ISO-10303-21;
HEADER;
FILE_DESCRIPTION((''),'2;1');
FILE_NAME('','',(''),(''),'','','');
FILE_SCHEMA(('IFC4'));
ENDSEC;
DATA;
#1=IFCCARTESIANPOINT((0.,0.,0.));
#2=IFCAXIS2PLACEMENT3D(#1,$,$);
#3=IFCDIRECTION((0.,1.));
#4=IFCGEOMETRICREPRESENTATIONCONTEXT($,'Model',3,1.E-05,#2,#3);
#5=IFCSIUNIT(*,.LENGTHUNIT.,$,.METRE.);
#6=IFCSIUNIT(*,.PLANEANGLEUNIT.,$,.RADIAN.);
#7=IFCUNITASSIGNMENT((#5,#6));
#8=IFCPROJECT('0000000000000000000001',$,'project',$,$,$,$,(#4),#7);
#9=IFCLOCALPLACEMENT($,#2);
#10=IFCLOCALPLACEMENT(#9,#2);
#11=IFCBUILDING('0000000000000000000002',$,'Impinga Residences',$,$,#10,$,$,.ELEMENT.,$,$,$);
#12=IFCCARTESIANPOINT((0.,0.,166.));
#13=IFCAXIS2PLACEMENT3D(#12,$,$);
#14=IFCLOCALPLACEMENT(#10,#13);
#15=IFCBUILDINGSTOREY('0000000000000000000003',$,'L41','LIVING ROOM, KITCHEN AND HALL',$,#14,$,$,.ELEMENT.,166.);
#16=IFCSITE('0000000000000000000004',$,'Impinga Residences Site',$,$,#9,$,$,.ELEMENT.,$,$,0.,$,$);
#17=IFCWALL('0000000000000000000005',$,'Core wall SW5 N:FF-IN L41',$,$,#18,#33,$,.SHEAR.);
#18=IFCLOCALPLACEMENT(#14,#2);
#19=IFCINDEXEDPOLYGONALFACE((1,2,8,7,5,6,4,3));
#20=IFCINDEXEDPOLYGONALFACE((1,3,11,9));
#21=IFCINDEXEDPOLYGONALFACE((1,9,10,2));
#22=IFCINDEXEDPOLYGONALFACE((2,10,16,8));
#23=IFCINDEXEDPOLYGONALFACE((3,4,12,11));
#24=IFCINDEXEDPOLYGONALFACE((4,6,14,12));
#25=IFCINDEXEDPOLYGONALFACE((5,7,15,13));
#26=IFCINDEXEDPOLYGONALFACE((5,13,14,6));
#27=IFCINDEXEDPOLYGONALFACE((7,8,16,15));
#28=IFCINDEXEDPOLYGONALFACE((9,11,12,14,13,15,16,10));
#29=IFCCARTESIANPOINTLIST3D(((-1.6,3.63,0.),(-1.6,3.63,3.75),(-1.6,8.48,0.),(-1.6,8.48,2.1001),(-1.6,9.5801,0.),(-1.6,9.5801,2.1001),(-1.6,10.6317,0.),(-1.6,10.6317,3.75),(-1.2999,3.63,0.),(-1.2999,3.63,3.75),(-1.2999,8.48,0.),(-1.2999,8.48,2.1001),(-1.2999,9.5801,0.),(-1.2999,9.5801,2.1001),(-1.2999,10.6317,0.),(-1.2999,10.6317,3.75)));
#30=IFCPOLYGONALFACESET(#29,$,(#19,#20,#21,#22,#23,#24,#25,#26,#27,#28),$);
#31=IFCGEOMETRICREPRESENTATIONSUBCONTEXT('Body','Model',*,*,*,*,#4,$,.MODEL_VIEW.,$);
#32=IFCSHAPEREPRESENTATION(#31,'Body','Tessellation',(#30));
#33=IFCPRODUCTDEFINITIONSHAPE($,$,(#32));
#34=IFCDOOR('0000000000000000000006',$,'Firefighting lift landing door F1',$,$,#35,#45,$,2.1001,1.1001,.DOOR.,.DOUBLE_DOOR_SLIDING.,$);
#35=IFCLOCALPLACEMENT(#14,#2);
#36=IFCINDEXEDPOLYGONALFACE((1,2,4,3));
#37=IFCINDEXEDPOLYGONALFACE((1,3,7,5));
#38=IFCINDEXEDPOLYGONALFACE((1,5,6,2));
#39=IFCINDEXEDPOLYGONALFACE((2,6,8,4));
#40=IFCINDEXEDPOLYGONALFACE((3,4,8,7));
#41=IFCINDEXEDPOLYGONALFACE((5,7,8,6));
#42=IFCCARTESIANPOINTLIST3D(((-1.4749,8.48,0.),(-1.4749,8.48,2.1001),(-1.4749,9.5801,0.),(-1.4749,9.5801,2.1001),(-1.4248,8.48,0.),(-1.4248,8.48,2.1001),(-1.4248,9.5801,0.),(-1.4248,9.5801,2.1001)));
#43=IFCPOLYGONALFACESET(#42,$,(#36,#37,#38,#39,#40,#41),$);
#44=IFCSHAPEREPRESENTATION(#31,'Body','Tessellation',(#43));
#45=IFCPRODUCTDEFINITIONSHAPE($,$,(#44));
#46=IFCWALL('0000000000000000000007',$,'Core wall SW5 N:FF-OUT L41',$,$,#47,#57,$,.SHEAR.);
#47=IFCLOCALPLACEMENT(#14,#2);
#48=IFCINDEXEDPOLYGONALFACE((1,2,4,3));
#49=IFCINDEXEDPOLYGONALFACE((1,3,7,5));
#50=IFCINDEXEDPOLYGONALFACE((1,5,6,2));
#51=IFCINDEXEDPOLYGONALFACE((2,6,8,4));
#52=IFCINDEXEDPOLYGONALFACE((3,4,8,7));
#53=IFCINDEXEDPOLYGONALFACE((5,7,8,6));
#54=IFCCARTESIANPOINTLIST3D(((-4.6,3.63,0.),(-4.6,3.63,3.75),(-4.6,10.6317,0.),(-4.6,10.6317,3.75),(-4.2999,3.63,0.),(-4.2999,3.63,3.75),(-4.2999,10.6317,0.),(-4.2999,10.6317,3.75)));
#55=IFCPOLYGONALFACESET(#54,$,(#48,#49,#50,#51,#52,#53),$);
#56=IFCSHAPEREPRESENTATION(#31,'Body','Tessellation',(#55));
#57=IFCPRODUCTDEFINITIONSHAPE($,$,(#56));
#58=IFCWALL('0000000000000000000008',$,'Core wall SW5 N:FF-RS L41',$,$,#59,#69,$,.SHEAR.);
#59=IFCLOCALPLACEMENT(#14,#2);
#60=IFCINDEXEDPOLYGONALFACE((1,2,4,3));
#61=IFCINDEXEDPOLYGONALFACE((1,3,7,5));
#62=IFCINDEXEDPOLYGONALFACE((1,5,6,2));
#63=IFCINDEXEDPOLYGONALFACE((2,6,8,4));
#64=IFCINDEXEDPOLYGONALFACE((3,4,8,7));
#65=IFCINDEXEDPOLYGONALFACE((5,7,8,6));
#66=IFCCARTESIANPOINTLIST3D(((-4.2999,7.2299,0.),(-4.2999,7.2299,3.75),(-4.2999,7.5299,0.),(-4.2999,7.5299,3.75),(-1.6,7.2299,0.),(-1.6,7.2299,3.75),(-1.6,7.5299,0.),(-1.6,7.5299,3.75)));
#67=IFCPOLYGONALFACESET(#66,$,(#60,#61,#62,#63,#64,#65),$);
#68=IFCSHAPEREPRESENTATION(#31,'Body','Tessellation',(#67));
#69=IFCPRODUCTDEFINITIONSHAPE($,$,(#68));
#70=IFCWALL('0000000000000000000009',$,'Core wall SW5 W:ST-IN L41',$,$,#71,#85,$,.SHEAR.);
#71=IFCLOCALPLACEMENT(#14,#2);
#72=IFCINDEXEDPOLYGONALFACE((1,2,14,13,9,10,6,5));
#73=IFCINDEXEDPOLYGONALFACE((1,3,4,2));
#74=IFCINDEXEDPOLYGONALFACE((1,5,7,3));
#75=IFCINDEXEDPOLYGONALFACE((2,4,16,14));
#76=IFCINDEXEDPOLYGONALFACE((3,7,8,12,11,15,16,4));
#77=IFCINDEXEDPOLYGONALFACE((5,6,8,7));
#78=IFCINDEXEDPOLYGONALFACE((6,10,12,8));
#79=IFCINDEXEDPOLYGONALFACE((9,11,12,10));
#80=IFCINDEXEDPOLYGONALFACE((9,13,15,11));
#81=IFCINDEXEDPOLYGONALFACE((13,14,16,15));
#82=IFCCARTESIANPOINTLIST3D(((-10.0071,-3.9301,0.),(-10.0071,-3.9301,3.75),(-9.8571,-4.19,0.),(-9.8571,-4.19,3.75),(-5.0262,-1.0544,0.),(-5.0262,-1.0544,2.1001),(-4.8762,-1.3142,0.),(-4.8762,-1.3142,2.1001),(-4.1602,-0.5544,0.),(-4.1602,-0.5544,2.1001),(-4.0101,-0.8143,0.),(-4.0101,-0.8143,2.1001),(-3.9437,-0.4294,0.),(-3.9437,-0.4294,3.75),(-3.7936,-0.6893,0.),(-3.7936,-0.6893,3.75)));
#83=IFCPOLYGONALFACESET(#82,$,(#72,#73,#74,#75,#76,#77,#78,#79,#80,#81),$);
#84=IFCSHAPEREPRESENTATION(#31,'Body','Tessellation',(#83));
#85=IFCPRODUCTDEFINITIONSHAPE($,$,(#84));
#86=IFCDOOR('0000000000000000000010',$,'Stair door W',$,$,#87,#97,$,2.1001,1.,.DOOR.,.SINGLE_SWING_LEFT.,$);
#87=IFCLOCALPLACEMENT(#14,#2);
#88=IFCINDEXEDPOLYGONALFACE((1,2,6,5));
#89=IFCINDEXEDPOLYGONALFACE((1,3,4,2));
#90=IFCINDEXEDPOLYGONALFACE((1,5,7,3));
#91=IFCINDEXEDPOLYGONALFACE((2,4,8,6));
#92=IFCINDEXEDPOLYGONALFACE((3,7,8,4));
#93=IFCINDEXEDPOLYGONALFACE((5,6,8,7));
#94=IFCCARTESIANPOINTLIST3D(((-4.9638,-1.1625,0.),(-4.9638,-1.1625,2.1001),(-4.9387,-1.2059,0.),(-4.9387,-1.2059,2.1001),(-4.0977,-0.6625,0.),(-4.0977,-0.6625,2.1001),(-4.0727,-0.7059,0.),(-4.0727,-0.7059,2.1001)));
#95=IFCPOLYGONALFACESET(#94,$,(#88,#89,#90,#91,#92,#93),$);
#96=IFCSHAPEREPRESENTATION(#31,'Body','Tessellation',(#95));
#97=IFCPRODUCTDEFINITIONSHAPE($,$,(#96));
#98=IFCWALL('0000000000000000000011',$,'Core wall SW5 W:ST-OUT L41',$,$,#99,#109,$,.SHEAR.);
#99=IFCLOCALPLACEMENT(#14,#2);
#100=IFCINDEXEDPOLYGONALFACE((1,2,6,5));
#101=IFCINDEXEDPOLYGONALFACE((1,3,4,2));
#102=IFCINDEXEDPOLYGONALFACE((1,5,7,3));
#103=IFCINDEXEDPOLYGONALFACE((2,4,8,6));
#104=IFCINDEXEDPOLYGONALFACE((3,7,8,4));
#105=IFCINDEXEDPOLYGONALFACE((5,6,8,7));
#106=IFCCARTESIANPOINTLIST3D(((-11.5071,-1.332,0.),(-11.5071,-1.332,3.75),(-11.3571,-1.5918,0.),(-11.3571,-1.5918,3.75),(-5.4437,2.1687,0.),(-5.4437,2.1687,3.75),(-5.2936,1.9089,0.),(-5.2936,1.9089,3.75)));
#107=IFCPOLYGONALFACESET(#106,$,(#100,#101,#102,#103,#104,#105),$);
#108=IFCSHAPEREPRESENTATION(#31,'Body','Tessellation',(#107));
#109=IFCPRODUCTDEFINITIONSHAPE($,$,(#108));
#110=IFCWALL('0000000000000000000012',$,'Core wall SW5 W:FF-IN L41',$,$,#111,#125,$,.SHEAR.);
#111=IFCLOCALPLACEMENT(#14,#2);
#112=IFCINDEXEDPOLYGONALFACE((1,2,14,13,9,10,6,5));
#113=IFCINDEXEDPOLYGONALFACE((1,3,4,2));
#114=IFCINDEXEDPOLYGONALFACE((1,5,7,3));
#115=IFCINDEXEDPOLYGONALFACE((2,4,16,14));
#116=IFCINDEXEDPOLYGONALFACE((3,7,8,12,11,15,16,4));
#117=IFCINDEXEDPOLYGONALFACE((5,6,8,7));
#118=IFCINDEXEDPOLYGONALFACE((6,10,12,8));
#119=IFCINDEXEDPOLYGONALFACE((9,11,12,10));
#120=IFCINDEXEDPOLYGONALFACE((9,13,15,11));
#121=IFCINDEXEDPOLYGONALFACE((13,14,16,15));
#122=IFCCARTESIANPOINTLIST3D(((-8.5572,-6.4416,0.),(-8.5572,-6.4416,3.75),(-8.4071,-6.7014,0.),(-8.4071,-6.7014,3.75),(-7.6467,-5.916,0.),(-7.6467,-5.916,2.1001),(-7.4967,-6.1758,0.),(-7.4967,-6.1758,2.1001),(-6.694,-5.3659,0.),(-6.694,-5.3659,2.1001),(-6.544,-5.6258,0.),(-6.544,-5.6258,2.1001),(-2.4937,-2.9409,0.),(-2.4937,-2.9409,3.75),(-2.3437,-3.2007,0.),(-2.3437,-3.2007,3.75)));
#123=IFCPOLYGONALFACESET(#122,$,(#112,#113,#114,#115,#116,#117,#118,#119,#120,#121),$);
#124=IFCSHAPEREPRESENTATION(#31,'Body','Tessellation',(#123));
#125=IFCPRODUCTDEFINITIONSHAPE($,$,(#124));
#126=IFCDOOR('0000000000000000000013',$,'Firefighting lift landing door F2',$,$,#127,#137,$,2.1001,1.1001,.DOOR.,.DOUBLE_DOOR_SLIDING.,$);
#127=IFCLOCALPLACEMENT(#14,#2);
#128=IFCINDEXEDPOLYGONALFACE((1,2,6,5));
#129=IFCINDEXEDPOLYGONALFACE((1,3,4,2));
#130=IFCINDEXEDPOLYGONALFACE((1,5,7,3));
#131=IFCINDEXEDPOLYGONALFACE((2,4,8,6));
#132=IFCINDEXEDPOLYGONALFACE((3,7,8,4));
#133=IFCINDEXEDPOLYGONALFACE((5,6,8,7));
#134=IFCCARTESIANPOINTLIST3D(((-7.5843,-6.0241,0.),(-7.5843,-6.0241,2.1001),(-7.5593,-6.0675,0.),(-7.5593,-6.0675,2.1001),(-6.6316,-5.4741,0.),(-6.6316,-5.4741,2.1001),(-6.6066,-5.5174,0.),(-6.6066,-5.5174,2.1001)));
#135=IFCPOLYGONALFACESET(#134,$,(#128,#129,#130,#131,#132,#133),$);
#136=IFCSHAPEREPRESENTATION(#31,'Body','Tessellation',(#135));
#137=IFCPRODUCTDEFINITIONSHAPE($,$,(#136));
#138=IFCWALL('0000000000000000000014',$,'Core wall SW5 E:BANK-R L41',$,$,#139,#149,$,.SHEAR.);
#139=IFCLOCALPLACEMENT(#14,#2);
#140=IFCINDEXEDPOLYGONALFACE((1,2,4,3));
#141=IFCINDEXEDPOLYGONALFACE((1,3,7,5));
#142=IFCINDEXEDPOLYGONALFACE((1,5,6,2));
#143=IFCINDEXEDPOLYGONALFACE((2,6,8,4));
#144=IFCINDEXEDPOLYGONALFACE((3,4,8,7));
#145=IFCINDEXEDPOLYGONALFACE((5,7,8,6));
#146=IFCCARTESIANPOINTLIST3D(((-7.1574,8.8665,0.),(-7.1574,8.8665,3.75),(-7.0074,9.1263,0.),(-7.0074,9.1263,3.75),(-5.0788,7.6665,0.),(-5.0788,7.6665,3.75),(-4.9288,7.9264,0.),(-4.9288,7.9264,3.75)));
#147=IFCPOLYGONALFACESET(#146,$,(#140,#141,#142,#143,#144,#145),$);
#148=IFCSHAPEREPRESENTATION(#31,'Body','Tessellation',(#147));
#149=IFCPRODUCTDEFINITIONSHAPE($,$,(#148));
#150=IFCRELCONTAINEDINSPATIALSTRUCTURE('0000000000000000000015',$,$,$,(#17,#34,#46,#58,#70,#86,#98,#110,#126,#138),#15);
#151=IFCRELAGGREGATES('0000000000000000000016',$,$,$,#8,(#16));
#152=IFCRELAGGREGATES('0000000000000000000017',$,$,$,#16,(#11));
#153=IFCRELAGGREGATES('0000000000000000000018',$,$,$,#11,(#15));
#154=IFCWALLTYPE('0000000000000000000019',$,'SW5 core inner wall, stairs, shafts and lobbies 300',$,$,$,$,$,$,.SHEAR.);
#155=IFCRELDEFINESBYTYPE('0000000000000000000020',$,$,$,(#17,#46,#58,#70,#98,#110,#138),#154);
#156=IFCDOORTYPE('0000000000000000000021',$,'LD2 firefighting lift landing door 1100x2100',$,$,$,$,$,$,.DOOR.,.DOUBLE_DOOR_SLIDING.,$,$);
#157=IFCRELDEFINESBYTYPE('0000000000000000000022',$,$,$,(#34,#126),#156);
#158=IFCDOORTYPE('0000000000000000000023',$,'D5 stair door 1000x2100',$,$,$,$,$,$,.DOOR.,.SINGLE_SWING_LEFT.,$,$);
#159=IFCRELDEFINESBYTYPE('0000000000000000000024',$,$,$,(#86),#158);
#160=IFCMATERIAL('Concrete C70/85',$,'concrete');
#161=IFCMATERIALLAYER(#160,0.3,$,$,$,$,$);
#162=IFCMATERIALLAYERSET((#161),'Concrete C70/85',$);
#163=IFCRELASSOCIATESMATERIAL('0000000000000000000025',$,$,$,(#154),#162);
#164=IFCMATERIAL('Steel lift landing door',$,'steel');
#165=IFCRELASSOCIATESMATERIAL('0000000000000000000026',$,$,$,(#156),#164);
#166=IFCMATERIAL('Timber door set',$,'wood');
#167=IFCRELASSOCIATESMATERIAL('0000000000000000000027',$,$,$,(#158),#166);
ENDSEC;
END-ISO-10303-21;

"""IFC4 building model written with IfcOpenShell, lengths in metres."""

from ifc_helpers import new_model, si_unit, direction, frame, frame_2d, origin, place, context, subcontext, project, spatial, rectangle, extrude, material, layer, layer_set, type_object, element, fill, save


model = new_model("IFC4")

# Units and contexts
model_context = context("Model", 3, precision=1e-05, world=origin(), true_north=direction((0.0, 1.0)))
body_context = subcontext(model_context, "Body", "Model", "MODEL_VIEW")
ifc_project = project(units=[si_unit("LENGTHUNIT", "METRE"), si_unit("PLANEANGLEUNIT", "RADIAN")], contexts=[model_context])

# Site, building, storey
site_placement = place(None, origin())
site = spatial("IfcSite", under=ifc_project, at=site_placement, Name="Impinga Residences Site", CompositionType="ELEMENT", RefElevation=0.0)
building_placement = place(site_placement, origin())
building = spatial("IfcBuilding", under=site, at=building_placement, Name="Impinga Residences", CompositionType="ELEMENT")
storey_placement = place(building_placement, frame((0.0, 0.0, 166.0)))
storey = spatial("IfcBuildingStorey", under=building, at=storey_placement, Name="L41", Description="LIVING ROOM, KITCHEN AND HALL", CompositionType="ELEMENT", Elevation=166.0)

# Shared definitions
ifc_material_1 = material(Name="Concrete C70/85", Category="concrete")
ifc_layer_1 = layer(ifc_material_1, 0.3)
ifc_layer_set_1 = layer_set([ifc_layer_1], Name="Concrete C70/85")
wall_type_1 = type_object("IfcWallType", Name="SW5 core inner wall, stairs, shafts and lobbies 300", PredefinedType="SHEAR", material=ifc_layer_set_1)
ifc_material_2 = material(Name="Timber door set", Category="wood")

# Wall, opening, door
wall_1_placement = place(storey_placement, frame((-1.45, 3.6299, 0.0), z_axis=(0.0, 0.0, 1.0), x_axis=(0.0, 1.0, 0.0)))
wall_1 = element("IfcWall", 1, at=wall_1_placement, inside=storey, type_object=wall_type_1, Name="Core wall SW5 N:FF-IN L41", PredefinedType="SHEAR", context=body_context, shape_type="SweptSolid", body=[
    extrude(rectangle(XDim=7.0017, YDim=0.3, at=frame_2d((3.501, 0.0))), origin(), (0.0, 0.0, 1.0), 3.75),
])
opening_1_placement = place(wall_1_placement, frame((4.8501, 0.0, 0.0)))
opening_1 = element("IfcOpeningElement", 2, at=opening_1_placement, cuts=wall_1, PredefinedType="OPENING", context=body_context, shape_type="SweptSolid", body=[
    extrude(rectangle(XDim=1.1001, YDim=2.1001, at=frame_2d((0.55, 1.05))), frame((0.0, 0.1599, 0.0), z_axis=(0.0, -1.0, 0.0), x_axis=(1.0, 0.0, 0.0)), (0.0, 0.0, 1.0), 0.3201),
])
ifc_material_3 = material(Name="Steel lift landing door", Category="steel")
door_type_1 = type_object("IfcDoorType", Name="LD2 firefighting lift landing door 1100x2100", OperationType="DOUBLE_DOOR_SLIDING", PredefinedType="DOOR", material=ifc_material_3)
door_1_placement = place(opening_1_placement, origin())
door_1 = element("IfcDoor", 3, at=door_1_placement, inside=storey, type_object=door_type_1, Name="Firefighting lift landing door F1", OperationType="DOUBLE_DOOR_SLIDING", OverallHeight=2.1001, OverallWidth=1.1001, PredefinedType="DOOR", context=body_context, shape_type="SweptSolid", body=[
    extrude(rectangle(XDim=1.1001, YDim=2.1001, at=frame_2d((0.55, 1.05))), frame((0.0, 0.0249, 0.0), z_axis=(0.0, -1.0, 0.0), x_axis=(1.0, 0.0, 0.0)), (0.0, 0.0, 1.0), 0.05),
])
fill(opening_1, door_1)

# Walls
wall_2_placement = place(storey_placement, frame((-4.45, 3.6299, 0.0), z_axis=(0.0, 0.0, 1.0), x_axis=(0.0, 1.0, 0.0)))
element("IfcWall", 4, at=wall_2_placement, inside=storey, type_object=wall_type_1, Name="Core wall SW5 N:FF-OUT L41", PredefinedType="SHEAR", context=body_context, shape_type="SweptSolid", body=[
    extrude(rectangle(XDim=7.0017, YDim=0.3, at=frame_2d((3.501, 0.0))), origin(), (0.0, 0.0, 1.0), 3.75),
])
wall_3_placement = place(storey_placement, frame((-4.3, 7.3799, 0.0), z_axis=(0.0, 0.0, 1.0), x_axis=(1.0, 0.0, 0.0)))
element("IfcWall", 5, at=wall_3_placement, inside=storey, type_object=wall_type_1, Name="Core wall SW5 N:FF-RS L41", PredefinedType="SHEAR", context=body_context, shape_type="SweptSolid", body=[
    extrude(rectangle(XDim=2.7, YDim=0.3, at=frame_2d((1.3501, 0.0))), origin(), (0.0, 0.0, 1.0), 3.75),
])

# Wall, opening, door
wall_4_placement = place(storey_placement, frame((-3.8687, -0.5593, 0.0), z_axis=(0.0, 0.0, 1.0), x_axis=(-0.866026, -0.499998, 0.0)))
wall_4 = element("IfcWall", 6, at=wall_4_placement, inside=storey, type_object=wall_type_1, Name="Core wall SW5 W:ST-IN L41", PredefinedType="SHEAR", context=body_context, shape_type="SweptSolid", body=[
    extrude(rectangle(XDim=7.0015, YDim=0.3, at=frame_2d((3.5007, 0.0))), origin(), (0.0, 0.0, 1.0), 3.75),
])
opening_2_placement = place(wall_4_placement, frame((0.25, 0.0, 0.0)))
opening_2 = element("IfcOpeningElement", 7, at=opening_2_placement, cuts=wall_4, PredefinedType="OPENING", context=body_context, shape_type="SweptSolid", body=[
    extrude(rectangle(XDim=1.0, YDim=2.1001, at=frame_2d((0.5, 1.05))), frame((0.0, 0.1599, 0.0), z_axis=(0.0, -1.0, 0.0), x_axis=(1.0, 0.0, 0.0)), (0.0, 0.0, 1.0), 0.3201),
])
door_type_2 = type_object("IfcDoorType", Name="D5 stair door 1000x2100", OperationType="SINGLE_SWING_LEFT", PredefinedType="DOOR", material=ifc_material_2)
door_2_placement = place(opening_2_placement, origin())
door_2 = element("IfcDoor", 8, at=door_2_placement, inside=storey, type_object=door_type_2, Name="Stair door W", OperationType="SINGLE_SWING_LEFT", OverallHeight=2.1001, OverallWidth=1.0, PredefinedType="DOOR", context=body_context, shape_type="SweptSolid", body=[
    extrude(rectangle(XDim=1.0, YDim=2.1001, at=frame_2d((0.5, 1.05))), frame((0.0, 0.0249, 0.0), z_axis=(0.0, -1.0, 0.0), x_axis=(1.0, 0.0, 0.0)), (0.0, 0.0, 1.0), 0.05),
])
fill(opening_2, door_2)

# Wall
wall_5_placement = place(storey_placement, frame((-5.3687, 2.0388, 0.0), z_axis=(0.0, 0.0, 1.0), x_axis=(-0.866026, -0.499998, 0.0)))
element("IfcWall", 9, at=wall_5_placement, inside=storey, type_object=wall_type_1, Name="Core wall SW5 W:ST-OUT L41", PredefinedType="SHEAR", context=body_context, shape_type="SweptSolid", body=[
    extrude(rectangle(XDim=7.0015, YDim=0.3, at=frame_2d((3.5007, 0.0))), origin(), (0.0, 0.0, 1.0), 3.75),
])

# Wall, opening, door
wall_6_placement = place(storey_placement, frame((-2.4187, -3.0708, 0.0), z_axis=(0.0, 0.0, 1.0), x_axis=(-0.866026, -0.499998, 0.0)))
wall_6 = element("IfcWall", 10, at=wall_6_placement, inside=storey, type_object=wall_type_1, Name="Core wall SW5 W:FF-IN L41", PredefinedType="SHEAR", context=body_context, shape_type="SweptSolid", body=[
    extrude(rectangle(XDim=7.0015, YDim=0.3, at=frame_2d((3.5007, 0.0))), origin(), (0.0, 0.0, 1.0), 3.75),
])
opening_3_placement = place(wall_6_placement, frame((4.8501, 0.0, 0.0)))
opening_3 = element("IfcOpeningElement", 11, at=opening_3_placement, cuts=wall_6, PredefinedType="OPENING", context=body_context, shape_type="SweptSolid", body=[
    extrude(rectangle(XDim=1.1001, YDim=2.1001, at=frame_2d((0.55, 1.05))), frame((0.0, 0.1599, 0.0), z_axis=(0.0, -1.0, 0.0), x_axis=(1.0, 0.0, 0.0)), (0.0, 0.0, 1.0), 0.3201),
])
door_3_placement = place(opening_3_placement, origin())
door_3 = element("IfcDoor", 12, at=door_3_placement, inside=storey, type_object=door_type_1, Name="Firefighting lift landing door F2", OperationType="DOUBLE_DOOR_SLIDING", OverallHeight=2.1001, OverallWidth=1.1001, PredefinedType="DOOR", context=body_context, shape_type="SweptSolid", body=[
    extrude(rectangle(XDim=1.1001, YDim=2.1001, at=frame_2d((0.55, 1.05))), frame((0.0, 0.0249, 0.0), z_axis=(0.0, -1.0, 0.0), x_axis=(1.0, 0.0, 0.0)), (0.0, 0.0, 1.0), 0.05),
])
fill(opening_3, door_3)

# Wall
wall_7_placement = place(storey_placement, frame((-5.0037, 7.7964, 0.0), z_axis=(0.0, 0.0, 1.0), x_axis=(-0.86605, 0.499957, 0.0)))
element("IfcWall", 13, at=wall_7_placement, inside=storey, type_object=wall_type_1, Name="Core wall SW5 E:BANK-R L41", PredefinedType="SHEAR", context=body_context, shape_type="SweptSolid", body=[
    extrude(rectangle(XDim=2.4001, YDim=0.3, at=frame_2d((1.2002, 0.0))), origin(), (0.0, 0.0, 1.0), 3.75),
])

save(model, "model.ifc")
